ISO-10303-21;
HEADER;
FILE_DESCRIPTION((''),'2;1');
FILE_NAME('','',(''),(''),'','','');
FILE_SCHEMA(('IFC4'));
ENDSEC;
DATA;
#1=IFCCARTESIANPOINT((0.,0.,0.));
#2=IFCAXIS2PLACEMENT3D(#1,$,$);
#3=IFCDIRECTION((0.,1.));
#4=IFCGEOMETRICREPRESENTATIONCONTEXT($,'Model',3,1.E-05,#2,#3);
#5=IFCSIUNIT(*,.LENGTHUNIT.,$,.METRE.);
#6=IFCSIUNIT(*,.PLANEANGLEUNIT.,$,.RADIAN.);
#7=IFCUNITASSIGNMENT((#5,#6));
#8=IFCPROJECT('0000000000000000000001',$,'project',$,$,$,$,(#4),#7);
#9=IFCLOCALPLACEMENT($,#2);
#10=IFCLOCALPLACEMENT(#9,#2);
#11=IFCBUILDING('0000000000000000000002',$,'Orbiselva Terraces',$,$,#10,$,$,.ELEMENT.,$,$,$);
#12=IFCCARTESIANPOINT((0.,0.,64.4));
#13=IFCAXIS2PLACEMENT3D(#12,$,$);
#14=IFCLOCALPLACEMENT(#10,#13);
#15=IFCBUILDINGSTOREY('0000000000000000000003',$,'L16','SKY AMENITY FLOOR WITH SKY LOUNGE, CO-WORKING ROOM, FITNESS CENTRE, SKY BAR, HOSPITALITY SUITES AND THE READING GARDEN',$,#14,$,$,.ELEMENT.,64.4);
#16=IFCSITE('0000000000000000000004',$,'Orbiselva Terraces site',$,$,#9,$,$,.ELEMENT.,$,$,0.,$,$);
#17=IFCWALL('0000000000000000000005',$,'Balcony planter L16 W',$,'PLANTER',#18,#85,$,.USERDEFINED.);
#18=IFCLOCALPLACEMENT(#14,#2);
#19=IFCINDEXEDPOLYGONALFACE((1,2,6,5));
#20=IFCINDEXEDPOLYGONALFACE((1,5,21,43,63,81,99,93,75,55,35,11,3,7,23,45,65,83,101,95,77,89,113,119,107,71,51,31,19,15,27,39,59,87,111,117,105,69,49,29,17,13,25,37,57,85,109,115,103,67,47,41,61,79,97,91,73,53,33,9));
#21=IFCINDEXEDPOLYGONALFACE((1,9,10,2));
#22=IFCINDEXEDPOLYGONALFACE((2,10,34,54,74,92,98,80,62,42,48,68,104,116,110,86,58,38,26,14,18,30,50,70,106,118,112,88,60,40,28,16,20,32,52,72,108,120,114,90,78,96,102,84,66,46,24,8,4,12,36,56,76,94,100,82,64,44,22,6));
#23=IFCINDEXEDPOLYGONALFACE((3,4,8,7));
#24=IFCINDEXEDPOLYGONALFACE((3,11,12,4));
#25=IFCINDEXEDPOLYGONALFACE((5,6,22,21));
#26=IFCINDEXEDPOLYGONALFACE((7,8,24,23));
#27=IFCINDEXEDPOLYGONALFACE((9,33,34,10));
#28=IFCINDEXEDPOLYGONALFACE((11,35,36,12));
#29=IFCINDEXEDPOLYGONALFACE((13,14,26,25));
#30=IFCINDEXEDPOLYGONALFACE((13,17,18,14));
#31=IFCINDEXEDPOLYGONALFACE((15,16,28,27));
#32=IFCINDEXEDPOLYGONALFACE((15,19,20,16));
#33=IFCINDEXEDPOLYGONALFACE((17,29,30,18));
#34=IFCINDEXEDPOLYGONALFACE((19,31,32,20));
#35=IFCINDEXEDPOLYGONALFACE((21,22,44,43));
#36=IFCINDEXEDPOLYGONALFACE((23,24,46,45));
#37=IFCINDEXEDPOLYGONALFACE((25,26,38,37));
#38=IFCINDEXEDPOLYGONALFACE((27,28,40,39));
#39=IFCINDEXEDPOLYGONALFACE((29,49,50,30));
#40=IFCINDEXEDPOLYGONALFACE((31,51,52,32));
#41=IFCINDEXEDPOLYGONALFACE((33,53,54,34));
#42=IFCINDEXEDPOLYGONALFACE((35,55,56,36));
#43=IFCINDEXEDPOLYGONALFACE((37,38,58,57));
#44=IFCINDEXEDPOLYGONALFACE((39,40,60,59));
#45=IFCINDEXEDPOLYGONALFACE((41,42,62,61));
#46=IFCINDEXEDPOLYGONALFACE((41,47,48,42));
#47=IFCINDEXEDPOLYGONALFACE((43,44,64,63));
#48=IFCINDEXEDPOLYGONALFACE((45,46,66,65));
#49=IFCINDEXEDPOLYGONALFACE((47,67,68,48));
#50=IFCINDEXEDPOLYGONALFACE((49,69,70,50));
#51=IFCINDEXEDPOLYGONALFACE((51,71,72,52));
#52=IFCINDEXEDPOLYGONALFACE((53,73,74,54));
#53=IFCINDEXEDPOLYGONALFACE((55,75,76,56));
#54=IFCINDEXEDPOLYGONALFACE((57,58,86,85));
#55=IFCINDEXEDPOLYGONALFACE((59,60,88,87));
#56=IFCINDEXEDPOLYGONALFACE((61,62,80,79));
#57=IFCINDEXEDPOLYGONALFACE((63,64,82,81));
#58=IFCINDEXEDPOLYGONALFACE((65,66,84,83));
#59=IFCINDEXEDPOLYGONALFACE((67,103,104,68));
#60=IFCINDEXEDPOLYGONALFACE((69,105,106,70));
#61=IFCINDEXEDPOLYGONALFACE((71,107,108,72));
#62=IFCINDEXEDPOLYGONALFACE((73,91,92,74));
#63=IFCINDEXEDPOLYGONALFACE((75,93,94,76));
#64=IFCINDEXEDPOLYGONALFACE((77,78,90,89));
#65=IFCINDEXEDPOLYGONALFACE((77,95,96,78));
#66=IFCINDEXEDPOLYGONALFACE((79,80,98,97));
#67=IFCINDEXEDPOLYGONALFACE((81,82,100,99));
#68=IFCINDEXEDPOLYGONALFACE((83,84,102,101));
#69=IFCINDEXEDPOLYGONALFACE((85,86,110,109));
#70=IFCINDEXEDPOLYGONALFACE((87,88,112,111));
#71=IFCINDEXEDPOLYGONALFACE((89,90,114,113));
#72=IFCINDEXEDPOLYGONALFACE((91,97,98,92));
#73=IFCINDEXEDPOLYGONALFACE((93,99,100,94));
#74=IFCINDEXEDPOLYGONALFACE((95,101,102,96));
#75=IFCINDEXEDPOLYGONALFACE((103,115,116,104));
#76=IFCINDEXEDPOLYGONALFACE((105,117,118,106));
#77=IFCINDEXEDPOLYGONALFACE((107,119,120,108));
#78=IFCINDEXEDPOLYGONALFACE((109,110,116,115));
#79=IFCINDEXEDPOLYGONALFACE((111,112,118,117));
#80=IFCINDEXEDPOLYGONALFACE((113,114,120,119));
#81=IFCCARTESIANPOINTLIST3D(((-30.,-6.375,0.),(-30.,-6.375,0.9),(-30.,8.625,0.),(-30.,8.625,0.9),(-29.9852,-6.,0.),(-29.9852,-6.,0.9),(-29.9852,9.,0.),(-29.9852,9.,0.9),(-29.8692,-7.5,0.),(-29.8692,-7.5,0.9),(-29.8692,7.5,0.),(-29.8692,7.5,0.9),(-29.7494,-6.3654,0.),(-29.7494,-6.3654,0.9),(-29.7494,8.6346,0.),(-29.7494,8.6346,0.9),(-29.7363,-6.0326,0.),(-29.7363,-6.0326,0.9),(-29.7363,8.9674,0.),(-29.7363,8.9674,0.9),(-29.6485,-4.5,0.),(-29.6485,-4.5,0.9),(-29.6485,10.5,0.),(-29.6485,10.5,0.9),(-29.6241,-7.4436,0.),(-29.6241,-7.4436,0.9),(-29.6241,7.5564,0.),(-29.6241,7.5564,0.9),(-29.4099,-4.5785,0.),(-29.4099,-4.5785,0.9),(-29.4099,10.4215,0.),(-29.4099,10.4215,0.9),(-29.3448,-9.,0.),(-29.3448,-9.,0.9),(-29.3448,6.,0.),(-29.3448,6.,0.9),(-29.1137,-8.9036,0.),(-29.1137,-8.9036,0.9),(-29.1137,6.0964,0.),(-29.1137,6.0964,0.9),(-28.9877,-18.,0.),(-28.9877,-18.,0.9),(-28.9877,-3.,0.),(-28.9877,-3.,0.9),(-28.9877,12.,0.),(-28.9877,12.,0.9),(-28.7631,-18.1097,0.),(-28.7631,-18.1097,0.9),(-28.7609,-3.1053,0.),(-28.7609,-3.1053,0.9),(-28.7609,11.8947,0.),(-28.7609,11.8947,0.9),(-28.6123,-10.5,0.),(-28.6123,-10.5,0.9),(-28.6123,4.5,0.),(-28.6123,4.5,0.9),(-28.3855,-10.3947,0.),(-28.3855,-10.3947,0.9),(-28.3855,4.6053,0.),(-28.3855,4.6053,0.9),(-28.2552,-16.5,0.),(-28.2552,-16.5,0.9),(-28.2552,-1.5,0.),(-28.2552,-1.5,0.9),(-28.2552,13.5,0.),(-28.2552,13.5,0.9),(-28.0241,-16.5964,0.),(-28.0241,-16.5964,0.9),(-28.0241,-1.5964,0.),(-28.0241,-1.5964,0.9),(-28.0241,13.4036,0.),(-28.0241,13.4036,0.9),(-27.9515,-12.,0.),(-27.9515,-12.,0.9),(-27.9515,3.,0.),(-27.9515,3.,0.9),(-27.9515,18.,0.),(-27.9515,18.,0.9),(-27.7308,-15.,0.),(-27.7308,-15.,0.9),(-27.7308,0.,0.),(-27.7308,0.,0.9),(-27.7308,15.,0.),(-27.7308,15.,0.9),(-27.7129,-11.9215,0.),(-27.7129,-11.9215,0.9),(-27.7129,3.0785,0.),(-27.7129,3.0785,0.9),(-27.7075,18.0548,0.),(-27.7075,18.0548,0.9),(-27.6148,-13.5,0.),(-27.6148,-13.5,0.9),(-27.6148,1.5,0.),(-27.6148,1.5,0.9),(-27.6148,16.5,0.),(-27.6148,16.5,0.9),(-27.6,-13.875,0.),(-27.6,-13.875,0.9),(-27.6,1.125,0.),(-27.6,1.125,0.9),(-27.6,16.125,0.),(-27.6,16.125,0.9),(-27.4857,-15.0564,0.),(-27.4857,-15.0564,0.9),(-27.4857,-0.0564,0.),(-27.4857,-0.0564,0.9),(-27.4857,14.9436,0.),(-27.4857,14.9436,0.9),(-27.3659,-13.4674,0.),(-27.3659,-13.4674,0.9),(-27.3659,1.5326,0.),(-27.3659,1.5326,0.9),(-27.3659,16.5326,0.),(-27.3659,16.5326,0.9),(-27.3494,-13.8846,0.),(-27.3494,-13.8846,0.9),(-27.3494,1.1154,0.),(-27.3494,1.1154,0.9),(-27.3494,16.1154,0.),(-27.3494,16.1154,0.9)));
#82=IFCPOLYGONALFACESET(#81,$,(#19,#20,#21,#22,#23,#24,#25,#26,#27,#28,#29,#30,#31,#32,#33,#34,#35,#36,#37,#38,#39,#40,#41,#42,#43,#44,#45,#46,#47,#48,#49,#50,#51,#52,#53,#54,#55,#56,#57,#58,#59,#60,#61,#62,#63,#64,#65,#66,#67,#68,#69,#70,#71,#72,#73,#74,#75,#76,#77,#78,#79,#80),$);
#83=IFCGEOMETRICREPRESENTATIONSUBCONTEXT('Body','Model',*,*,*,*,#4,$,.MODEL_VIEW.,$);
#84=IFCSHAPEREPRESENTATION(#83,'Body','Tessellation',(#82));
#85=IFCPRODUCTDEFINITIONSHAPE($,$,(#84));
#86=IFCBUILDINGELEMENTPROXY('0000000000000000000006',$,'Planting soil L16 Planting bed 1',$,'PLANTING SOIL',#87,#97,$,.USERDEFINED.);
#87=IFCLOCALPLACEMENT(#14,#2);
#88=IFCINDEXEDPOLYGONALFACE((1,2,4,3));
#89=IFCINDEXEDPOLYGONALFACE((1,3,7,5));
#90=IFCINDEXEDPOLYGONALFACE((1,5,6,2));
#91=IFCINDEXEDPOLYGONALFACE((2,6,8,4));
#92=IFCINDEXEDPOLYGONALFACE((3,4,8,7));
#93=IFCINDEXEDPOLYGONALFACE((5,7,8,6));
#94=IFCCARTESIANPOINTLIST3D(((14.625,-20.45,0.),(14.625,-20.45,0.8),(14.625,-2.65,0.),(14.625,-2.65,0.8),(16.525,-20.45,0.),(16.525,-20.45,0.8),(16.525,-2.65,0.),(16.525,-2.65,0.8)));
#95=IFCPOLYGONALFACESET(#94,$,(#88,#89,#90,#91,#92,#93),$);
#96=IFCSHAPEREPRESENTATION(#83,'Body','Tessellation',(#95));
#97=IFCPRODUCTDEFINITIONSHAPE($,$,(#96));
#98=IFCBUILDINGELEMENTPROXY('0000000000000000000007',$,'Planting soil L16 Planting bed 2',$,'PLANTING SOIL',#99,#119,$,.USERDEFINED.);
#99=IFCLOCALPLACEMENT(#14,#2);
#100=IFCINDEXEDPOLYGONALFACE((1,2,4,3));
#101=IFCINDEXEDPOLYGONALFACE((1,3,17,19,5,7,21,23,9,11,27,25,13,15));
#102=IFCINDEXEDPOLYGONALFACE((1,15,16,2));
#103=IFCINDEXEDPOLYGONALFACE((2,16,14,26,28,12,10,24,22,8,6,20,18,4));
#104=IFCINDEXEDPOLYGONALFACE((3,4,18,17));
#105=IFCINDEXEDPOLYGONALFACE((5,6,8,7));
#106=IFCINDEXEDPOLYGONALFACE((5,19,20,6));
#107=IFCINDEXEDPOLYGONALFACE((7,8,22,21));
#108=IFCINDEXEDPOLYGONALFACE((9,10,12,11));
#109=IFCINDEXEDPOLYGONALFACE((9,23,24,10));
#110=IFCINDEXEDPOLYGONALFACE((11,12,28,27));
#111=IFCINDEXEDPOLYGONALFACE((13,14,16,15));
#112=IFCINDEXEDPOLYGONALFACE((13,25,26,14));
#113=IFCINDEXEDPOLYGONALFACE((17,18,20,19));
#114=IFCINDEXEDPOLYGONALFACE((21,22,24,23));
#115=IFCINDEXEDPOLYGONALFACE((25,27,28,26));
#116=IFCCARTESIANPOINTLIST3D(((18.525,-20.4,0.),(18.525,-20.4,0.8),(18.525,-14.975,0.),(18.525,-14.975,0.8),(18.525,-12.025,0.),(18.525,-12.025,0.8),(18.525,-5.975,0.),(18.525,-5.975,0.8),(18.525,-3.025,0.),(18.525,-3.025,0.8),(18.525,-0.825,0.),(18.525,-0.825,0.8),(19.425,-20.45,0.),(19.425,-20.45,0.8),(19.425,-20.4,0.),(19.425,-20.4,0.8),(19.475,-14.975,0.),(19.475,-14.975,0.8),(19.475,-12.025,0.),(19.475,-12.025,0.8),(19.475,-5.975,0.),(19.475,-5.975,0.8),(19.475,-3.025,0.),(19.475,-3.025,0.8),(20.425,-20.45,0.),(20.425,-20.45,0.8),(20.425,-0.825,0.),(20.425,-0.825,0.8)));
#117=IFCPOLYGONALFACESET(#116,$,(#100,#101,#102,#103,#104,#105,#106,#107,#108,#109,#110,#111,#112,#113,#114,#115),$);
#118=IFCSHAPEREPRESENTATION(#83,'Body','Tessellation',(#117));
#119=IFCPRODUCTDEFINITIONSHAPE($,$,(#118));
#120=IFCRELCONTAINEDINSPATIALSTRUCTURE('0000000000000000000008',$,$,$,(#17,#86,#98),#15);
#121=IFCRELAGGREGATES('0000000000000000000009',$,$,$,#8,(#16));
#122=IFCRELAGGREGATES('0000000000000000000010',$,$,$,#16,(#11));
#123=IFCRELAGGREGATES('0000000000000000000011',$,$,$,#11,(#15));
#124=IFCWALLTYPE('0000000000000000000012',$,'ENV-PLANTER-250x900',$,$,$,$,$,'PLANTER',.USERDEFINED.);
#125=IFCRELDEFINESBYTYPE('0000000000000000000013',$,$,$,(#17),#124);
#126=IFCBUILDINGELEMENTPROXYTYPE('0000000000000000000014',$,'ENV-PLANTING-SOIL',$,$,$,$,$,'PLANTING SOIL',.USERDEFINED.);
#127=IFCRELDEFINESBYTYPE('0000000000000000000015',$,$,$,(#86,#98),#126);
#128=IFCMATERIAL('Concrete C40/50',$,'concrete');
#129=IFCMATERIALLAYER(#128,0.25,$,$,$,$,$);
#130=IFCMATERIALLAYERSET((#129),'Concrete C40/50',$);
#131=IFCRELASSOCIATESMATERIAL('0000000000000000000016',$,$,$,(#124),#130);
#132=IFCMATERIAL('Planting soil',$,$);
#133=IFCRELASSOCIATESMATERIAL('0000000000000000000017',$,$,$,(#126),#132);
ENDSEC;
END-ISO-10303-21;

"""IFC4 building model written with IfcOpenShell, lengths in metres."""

from ifc_helpers import new_model, si_unit, direction, frame, origin, place, context, subcontext, project, spatial, polyline, outline, extrude, material, layer, layer_set, type_object, element, save


model = new_model("IFC4")

# Units and contexts
model_context = context("Model", 3, precision=1e-05, world=origin(), true_north=direction((0.0, 1.0)))
body_context = subcontext(model_context, "Body", "Model", "MODEL_VIEW")
ifc_project = project(units=[si_unit("LENGTHUNIT", "METRE"), si_unit("PLANEANGLEUNIT", "RADIAN")], contexts=[model_context])

# Site, building, storey
site_placement = place(None, origin())
site = spatial("IfcSite", under=ifc_project, at=site_placement, Name="Orbiselva Terraces site", CompositionType="ELEMENT", RefElevation=0.0)
building_placement = place(site_placement, origin())
building = spatial("IfcBuilding", under=site, at=building_placement, Name="Orbiselva Terraces", CompositionType="ELEMENT")
storey_placement = place(building_placement, frame((0.0, 0.0, 64.4)))
storey = spatial("IfcBuildingStorey", under=building, at=storey_placement, Name="L16", Description="SKY AMENITY FLOOR WITH SKY LOUNGE, CO-WORKING ROOM, FITNESS CENTRE, SKY BAR, HOSPITALITY SUITES AND THE READING GARDEN", CompositionType="ELEMENT", Elevation=64.4)

# Shared definitions
ifc_material_1 = material(Name="Concrete C40/50", Category="concrete")

# Wall
ifc_layer_1 = layer(ifc_material_1, 0.25)
ifc_layer_set_1 = layer_set([ifc_layer_1], Name="Concrete C40/50")
wall_type_1 = type_object("IfcWallType", Name="ENV-PLANTER-250x900", ElementType="PLANTER", PredefinedType="USERDEFINED", material=ifc_layer_set_1)
wall_1_placement = place(storey_placement, origin())
element("IfcWall", 1, at=wall_1_placement, inside=storey, type_object=wall_type_1, Name="Balcony planter L16 W", ObjectType="PLANTER", PredefinedType="USERDEFINED", context=body_context, shape_type="SweptSolid", body=[
    extrude(outline(polyline([(-27.9515, 18.0), (-27.6148, 16.5), (-27.6, 16.125), (-27.7308, 15.0), (-28.2552, 13.5), (-28.9877, 12.0), (-29.6485, 10.5), (-29.9852, 9.0), (-30.0, 8.625), (-29.8692, 7.5), (-29.3448, 6.0), (-28.6123, 4.5), (-27.9515, 3.0), (-27.6148, 1.5), (-27.6, 1.125), (-27.7308, 0.0), (-28.2552, -1.5), (-28.9877, -3.0), (-29.6485, -4.5), (-29.9852, -6.0), (-30.0, -6.375), (-29.8692, -7.5), (-29.3448, -9.0), (-28.6123, -10.5), (-27.9515, -12.0), (-27.6148, -13.5), (-27.6, -13.875), (-27.7308, -15.0), (-28.2552, -16.5), (-28.9877, -18.0), (-28.7631, -18.1097), (-28.0241, -16.5964), (-27.4857, -15.0564), (-27.3494, -13.8846), (-27.3659, -13.4674), (-27.7129, -11.9215), (-28.3855, -10.3947), (-29.1137, -8.9036), (-29.6241, -7.4436), (-29.7494, -6.3654), (-29.7363, -6.0326), (-29.4099, -4.5785), (-28.7609, -3.1053), (-28.0241, -1.5964), (-27.4857, -0.0564), (-27.3494, 1.1154), (-27.3659, 1.5326), (-27.7129, 3.0785), (-28.3855, 4.6053), (-29.1137, 6.0964), (-29.6241, 7.5564), (-29.7494, 8.6346), (-29.7363, 8.9674), (-29.4099, 10.4215), (-28.7609, 11.8947), (-28.0241, 13.4036), (-27.4857, 14.9436), (-27.3494, 16.1154), (-27.3659, 16.5326), (-27.7075, 18.0548), (-27.9515, 18.0)])), origin(), (0.0, 0.0, 1.0), 0.9),
])

# Building element proxies
ifc_material_2 = material(Name="Planting soil")
building_element_proxy_type = type_object("IfcBuildingElementProxyType", Name="ENV-PLANTING-SOIL", ElementType="PLANTING SOIL", PredefinedType="USERDEFINED", material=ifc_material_2)
proxy_1_placement = place(storey_placement, origin())
element("IfcBuildingElementProxy", 2, at=proxy_1_placement, inside=storey, type_object=building_element_proxy_type, Name="Planting soil L16 Planting bed 1", ObjectType="PLANTING SOIL", PredefinedType="USERDEFINED", context=body_context, shape_type="SweptSolid", body=[
    extrude(outline(polyline([(16.525, -20.45), (14.625, -20.45), (14.625, -2.65), (16.525, -2.65), (16.525, -20.45)])), origin(), (0.0, 0.0, 1.0), 0.8),
])
proxy_2_placement = place(storey_placement, origin())
element("IfcBuildingElementProxy", 3, at=proxy_2_placement, inside=storey, type_object=building_element_proxy_type, Name="Planting soil L16 Planting bed 2", ObjectType="PLANTING SOIL", PredefinedType="USERDEFINED", context=body_context, shape_type="SweptSolid", body=[
    extrude(outline(polyline([(19.425, -20.45), (19.425, -20.4), (18.525, -20.4), (18.525, -14.975), (19.475, -14.975), (19.475, -12.025), (18.525, -12.025), (18.525, -5.975), (19.475, -5.975), (19.475, -3.025), (18.525, -3.025), (18.525, -0.825), (20.425, -0.825), (20.425, -20.45), (19.425, -20.45)])), origin(), (0.0, 0.0, 1.0), 0.8),
])

save(model, "model.ifc")
